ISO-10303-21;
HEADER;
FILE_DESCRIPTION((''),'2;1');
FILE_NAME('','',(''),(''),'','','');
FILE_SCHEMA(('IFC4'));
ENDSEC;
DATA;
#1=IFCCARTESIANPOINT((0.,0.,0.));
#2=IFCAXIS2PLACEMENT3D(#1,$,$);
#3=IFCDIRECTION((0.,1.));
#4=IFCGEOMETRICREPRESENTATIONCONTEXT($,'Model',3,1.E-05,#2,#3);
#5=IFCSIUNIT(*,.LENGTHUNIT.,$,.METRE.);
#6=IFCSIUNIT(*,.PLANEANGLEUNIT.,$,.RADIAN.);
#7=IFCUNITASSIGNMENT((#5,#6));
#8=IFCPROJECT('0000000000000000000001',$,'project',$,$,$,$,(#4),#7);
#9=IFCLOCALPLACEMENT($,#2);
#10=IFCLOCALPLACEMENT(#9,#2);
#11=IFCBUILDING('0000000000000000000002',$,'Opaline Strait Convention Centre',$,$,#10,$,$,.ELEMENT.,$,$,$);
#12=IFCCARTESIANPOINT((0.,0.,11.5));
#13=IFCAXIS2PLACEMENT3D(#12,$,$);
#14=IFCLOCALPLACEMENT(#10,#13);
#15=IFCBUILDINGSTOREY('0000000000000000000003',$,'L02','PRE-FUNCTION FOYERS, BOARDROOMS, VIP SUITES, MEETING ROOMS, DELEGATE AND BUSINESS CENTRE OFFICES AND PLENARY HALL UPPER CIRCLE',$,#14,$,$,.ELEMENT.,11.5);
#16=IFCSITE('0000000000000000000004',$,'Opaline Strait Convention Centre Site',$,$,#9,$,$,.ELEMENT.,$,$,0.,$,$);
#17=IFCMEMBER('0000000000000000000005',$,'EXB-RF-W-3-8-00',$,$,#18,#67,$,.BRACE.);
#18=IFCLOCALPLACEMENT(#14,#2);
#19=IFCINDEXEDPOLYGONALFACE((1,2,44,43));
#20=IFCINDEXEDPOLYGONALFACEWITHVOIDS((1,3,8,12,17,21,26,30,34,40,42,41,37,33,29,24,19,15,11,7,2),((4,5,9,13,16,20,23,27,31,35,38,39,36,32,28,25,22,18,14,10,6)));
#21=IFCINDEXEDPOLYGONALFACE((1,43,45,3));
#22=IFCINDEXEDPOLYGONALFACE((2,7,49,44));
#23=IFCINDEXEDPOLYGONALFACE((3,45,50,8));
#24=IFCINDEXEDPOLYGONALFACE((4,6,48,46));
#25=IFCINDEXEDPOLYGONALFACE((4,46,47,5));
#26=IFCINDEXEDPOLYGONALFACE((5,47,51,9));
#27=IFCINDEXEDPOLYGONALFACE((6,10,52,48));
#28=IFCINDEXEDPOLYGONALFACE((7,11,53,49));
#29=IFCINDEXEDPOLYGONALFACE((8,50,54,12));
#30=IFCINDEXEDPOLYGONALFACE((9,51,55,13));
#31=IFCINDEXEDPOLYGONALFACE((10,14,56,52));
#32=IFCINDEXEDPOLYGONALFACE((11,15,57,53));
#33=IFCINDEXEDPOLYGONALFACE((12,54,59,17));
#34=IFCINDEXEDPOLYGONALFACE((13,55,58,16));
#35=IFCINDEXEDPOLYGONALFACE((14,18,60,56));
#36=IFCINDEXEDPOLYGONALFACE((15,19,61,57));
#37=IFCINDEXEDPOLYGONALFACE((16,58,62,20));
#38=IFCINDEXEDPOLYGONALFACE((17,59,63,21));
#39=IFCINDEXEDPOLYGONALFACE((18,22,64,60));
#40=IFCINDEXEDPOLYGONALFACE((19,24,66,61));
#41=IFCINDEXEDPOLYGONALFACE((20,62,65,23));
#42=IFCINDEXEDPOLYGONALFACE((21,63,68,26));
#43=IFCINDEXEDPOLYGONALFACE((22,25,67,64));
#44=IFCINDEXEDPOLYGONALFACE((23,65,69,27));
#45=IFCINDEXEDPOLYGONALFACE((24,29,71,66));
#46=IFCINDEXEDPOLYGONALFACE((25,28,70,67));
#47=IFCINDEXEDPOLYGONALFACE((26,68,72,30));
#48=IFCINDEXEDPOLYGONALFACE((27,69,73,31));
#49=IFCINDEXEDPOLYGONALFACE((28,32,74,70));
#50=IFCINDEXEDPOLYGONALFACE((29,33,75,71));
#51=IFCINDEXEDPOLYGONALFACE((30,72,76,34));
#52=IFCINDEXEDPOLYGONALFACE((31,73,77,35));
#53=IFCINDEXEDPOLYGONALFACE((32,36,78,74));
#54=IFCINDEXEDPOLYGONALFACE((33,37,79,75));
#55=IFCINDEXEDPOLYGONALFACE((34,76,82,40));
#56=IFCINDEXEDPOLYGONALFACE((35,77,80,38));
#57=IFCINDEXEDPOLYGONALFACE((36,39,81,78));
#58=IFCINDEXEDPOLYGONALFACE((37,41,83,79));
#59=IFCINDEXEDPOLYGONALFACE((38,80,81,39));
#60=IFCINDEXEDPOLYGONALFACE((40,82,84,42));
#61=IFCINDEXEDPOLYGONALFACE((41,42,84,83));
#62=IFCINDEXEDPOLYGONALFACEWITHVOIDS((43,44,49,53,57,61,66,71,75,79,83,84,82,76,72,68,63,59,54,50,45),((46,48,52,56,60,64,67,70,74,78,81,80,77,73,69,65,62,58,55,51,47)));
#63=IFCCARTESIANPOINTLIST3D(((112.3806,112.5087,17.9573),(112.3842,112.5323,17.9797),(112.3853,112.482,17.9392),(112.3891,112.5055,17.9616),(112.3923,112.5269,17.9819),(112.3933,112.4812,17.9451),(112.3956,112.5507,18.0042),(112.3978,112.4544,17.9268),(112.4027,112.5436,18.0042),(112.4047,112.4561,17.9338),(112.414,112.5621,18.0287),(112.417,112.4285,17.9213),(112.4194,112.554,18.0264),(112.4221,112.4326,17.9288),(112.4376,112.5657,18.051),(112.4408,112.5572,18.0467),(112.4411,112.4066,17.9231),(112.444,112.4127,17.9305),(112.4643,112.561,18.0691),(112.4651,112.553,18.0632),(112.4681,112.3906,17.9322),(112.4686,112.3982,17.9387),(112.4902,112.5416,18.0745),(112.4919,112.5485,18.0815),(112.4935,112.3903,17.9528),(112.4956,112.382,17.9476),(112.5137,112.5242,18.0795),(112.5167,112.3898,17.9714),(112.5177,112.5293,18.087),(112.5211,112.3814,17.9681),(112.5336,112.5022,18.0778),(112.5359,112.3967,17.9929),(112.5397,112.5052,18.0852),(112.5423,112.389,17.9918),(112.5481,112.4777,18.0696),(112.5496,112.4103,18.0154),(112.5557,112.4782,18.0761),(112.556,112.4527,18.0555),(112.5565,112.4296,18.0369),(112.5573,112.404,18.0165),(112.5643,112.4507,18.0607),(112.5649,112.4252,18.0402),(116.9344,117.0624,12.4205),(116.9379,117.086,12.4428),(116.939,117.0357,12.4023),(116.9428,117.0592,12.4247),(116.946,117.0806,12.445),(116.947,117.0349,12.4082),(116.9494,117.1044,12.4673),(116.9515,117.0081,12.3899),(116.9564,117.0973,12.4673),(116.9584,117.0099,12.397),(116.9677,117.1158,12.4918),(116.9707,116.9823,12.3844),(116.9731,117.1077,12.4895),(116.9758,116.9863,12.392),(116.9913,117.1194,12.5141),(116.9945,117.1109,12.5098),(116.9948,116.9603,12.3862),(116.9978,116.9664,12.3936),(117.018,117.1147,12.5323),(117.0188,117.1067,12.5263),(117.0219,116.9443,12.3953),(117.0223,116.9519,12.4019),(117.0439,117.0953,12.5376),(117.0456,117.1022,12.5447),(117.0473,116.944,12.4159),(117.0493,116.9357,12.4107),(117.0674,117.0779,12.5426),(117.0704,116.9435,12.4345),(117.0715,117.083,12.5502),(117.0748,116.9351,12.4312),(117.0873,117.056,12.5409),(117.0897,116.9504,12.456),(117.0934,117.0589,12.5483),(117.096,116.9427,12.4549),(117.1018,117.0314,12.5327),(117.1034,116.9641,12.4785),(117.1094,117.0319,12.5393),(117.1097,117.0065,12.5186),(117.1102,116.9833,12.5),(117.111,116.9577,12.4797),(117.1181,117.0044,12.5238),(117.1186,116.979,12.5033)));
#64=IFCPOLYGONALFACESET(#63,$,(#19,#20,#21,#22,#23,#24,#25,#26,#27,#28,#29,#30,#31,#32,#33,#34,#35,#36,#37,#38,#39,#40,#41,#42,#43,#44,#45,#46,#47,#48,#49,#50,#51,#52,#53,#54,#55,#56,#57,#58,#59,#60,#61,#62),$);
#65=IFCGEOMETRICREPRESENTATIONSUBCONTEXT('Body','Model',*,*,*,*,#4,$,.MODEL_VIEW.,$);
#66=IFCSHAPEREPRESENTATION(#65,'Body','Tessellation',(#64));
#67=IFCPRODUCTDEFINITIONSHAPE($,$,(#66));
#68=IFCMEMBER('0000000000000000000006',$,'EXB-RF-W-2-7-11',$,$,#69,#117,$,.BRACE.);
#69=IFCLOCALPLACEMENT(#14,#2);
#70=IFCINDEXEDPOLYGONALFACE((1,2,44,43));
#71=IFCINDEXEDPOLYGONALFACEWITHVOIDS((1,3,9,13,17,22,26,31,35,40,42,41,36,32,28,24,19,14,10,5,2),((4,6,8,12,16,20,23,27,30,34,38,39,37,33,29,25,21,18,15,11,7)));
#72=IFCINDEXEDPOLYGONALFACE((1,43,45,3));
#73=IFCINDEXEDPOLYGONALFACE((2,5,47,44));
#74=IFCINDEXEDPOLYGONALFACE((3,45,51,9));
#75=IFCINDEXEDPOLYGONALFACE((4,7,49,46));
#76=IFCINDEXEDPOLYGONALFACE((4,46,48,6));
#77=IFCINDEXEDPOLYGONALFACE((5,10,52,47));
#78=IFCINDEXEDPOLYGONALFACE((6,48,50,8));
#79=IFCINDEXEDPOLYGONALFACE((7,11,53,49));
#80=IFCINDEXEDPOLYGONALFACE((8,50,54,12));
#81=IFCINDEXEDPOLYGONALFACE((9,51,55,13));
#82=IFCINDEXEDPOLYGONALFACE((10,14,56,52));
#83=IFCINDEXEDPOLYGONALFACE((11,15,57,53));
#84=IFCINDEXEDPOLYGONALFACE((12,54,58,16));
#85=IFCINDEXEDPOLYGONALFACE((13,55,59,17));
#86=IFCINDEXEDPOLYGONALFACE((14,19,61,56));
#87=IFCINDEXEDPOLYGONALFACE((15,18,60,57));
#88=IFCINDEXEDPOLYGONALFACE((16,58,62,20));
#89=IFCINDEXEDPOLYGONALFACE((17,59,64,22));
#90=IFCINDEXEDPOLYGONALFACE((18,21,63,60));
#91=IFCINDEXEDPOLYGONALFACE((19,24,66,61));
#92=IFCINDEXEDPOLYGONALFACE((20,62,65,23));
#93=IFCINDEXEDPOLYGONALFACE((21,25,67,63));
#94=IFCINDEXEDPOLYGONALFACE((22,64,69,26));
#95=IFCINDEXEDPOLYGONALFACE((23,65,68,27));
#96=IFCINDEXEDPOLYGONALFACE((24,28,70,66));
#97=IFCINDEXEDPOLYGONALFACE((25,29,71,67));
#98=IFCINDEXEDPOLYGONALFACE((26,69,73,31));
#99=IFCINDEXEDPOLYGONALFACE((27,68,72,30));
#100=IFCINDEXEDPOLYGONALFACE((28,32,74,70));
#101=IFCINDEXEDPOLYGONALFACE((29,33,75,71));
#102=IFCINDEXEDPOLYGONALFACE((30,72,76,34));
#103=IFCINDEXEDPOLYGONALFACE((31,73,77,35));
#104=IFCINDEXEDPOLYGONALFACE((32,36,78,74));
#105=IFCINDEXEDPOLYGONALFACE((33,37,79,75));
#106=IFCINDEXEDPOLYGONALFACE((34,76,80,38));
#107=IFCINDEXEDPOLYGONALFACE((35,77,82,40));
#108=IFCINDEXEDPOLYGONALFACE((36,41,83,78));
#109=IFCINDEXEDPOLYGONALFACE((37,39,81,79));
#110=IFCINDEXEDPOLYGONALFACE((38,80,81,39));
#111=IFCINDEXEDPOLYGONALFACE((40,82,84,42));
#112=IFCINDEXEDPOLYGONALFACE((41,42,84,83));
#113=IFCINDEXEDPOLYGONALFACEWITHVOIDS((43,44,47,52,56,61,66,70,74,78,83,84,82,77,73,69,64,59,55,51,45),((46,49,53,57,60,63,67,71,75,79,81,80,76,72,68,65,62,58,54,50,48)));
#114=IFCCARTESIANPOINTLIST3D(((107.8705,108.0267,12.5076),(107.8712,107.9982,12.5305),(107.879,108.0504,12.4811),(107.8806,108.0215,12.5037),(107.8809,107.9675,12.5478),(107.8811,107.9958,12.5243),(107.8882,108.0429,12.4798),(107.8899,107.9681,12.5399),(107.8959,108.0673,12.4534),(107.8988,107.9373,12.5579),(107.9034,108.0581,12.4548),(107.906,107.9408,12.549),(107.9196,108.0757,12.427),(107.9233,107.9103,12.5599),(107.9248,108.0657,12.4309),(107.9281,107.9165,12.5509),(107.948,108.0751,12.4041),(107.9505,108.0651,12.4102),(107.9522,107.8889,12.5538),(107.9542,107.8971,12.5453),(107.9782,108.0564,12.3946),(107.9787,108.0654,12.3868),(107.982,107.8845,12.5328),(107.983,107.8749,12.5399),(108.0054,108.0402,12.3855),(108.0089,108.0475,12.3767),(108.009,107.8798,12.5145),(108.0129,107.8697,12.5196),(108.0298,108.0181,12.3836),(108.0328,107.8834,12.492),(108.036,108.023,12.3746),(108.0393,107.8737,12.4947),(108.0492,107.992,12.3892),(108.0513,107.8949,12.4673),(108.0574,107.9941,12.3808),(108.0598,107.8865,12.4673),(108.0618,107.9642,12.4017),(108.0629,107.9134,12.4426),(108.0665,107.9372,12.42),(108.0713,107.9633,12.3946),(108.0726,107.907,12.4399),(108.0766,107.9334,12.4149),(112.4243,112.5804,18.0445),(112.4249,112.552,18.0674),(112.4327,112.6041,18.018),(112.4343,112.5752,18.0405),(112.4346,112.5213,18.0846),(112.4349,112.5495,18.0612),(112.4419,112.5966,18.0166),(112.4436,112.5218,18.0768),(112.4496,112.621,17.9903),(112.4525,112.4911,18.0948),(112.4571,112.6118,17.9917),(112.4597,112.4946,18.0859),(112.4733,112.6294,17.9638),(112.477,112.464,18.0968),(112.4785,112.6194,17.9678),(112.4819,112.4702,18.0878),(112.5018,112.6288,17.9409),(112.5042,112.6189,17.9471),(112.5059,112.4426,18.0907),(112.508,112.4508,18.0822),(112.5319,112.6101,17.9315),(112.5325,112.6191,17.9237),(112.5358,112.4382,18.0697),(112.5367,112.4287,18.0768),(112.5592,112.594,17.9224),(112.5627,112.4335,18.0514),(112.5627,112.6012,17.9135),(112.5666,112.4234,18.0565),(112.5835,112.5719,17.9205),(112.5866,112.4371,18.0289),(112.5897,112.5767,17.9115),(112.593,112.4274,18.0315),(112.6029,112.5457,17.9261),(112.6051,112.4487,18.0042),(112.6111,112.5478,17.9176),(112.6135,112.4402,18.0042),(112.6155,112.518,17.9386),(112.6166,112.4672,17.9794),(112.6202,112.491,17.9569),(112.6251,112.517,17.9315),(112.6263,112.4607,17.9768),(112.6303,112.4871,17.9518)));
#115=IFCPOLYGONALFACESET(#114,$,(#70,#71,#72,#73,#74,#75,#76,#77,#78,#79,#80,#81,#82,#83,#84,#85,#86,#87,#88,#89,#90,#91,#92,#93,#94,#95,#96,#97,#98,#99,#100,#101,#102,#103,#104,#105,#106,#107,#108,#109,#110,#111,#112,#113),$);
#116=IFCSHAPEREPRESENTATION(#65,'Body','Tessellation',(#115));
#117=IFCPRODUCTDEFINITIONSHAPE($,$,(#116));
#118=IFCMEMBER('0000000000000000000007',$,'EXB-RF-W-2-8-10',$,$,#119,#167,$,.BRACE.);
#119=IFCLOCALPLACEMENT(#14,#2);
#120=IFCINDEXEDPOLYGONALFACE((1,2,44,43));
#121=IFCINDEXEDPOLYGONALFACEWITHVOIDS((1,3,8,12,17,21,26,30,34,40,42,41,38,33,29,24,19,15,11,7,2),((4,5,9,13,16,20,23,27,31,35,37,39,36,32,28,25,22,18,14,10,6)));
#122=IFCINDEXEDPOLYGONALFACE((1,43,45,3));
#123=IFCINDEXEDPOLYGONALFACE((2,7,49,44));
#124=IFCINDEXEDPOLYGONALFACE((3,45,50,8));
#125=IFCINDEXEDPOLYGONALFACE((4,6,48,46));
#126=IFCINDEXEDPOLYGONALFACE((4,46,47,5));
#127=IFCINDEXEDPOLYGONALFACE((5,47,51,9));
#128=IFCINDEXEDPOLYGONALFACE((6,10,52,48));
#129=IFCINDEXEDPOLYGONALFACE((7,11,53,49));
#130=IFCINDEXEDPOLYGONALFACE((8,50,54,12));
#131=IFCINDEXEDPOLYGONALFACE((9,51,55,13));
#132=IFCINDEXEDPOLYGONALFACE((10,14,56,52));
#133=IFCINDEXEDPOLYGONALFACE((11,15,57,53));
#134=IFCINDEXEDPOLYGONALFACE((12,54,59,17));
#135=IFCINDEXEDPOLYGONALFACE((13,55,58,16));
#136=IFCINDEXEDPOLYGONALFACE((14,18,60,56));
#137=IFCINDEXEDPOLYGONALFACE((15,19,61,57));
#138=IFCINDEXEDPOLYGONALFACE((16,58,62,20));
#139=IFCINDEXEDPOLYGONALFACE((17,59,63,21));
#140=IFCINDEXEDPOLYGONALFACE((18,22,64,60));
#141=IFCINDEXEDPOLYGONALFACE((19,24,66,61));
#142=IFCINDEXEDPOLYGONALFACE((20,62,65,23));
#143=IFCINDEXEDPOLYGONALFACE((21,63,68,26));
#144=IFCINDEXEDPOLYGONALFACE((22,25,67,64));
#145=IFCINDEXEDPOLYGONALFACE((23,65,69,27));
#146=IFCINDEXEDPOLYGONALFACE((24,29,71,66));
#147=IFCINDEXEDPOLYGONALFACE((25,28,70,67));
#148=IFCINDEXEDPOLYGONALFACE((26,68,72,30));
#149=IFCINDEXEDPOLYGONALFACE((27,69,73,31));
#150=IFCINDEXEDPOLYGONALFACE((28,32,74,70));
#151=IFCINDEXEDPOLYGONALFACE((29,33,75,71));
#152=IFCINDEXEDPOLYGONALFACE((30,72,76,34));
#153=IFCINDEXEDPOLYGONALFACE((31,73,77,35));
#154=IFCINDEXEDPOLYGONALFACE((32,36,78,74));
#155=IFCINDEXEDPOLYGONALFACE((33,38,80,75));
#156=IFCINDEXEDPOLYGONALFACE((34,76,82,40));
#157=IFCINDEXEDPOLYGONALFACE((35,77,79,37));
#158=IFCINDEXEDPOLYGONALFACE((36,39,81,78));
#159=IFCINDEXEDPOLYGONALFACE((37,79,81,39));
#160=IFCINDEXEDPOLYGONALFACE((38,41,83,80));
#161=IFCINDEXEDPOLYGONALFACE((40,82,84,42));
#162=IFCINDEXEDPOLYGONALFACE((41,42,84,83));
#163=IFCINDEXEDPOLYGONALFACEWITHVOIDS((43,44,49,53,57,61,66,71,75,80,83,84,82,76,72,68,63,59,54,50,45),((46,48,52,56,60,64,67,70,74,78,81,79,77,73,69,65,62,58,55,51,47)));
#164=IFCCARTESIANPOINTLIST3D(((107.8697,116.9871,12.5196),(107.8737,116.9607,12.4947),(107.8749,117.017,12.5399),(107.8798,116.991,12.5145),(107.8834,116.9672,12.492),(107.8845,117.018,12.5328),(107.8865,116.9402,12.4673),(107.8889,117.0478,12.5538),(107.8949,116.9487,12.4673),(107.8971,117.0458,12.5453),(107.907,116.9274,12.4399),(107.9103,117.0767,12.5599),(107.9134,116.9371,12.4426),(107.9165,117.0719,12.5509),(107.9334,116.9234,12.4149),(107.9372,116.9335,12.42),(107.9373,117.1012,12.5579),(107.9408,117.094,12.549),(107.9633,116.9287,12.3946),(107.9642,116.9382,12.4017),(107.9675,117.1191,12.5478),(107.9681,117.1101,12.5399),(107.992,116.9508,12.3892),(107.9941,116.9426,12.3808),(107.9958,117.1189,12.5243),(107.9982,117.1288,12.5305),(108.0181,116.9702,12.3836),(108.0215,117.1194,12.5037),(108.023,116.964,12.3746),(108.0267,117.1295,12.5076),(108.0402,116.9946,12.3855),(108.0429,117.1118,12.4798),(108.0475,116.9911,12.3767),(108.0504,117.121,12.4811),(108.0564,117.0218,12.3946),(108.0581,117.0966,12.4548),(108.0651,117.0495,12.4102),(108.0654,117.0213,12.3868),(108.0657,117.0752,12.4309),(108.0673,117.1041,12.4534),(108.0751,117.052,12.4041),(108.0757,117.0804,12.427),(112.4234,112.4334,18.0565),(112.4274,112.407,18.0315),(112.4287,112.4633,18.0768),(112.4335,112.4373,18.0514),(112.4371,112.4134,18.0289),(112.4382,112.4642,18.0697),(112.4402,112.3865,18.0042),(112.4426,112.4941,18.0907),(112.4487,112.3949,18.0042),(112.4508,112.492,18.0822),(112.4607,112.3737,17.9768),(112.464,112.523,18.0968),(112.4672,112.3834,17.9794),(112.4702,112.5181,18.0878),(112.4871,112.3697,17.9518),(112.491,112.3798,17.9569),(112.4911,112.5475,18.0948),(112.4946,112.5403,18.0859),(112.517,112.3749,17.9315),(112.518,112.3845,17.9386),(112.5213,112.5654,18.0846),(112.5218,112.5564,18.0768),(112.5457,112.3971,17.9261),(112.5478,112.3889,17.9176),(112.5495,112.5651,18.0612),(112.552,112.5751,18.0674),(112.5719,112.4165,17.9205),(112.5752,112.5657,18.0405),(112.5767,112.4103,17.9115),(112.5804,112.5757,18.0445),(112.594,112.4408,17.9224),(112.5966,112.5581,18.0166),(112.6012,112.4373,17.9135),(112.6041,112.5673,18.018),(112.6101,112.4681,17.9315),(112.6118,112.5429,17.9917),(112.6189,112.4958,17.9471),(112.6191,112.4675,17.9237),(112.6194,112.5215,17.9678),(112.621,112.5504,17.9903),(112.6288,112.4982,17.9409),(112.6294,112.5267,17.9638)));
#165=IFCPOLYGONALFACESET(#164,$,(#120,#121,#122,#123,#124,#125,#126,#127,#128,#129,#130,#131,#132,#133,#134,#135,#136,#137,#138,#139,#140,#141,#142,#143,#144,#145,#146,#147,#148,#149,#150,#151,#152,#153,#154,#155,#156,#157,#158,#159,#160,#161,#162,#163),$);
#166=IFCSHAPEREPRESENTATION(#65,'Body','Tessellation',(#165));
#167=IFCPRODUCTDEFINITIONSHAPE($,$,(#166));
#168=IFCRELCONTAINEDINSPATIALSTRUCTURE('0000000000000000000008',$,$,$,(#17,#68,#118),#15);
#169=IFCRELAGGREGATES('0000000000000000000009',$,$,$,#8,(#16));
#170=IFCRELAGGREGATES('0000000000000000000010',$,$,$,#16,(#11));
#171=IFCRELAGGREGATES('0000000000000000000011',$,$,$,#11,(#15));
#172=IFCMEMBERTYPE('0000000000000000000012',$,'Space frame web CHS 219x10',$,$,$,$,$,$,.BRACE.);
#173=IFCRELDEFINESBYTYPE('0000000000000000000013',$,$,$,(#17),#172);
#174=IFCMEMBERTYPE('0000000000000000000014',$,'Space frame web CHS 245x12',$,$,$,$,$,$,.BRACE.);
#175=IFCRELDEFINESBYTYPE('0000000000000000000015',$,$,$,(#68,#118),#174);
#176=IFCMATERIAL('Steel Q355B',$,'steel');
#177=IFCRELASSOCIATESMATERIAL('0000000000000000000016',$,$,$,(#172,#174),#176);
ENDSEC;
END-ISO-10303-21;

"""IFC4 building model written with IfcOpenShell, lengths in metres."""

from ifc_helpers import new_model, si_unit, direction, frame, origin, origin_2d, place, context, subcontext, project, spatial, hollow_circle, extrude, material, material_profile, profile_set, type_object, element, save


model = new_model("IFC4")

# Units and contexts
model_context = context("Model", 3, precision=1e-05, world=origin(), true_north=direction((0.0, 1.0)))
body_context = subcontext(model_context, "Body", "Model", "MODEL_VIEW")
ifc_project = project(units=[si_unit("LENGTHUNIT", "METRE"), si_unit("PLANEANGLEUNIT", "RADIAN")], contexts=[model_context])

# Site, building, storey
site_placement = place(None, origin())
site = spatial("IfcSite", under=ifc_project, at=site_placement, Name="Opaline Strait Convention Centre Site", CompositionType="ELEMENT", RefElevation=0.0)
building_placement = place(site_placement, origin())
building = spatial("IfcBuilding", under=site, at=building_placement, Name="Opaline Strait Convention Centre", CompositionType="ELEMENT")
storey_placement = place(building_placement, frame((0.0, 0.0, 11.5)))
storey = spatial("IfcBuildingStorey", under=building, at=storey_placement, Name="L02", Description="PRE-FUNCTION FOYERS, BOARDROOMS, VIP SUITES, MEETING ROOMS, DELEGATE AND BUSINESS CENTRE OFFICES AND PLENARY HALL UPPER CIRCLE", CompositionType="ELEMENT", Elevation=11.5)

# Members
ifc_material = material(Name="Steel Q355B", Category="steel")
ifc_material_profile_1 = material_profile(ifc_material, hollow_circle(Radius=0.1096, WallThickness=0.01, at=origin_2d()), Name="CHS 219x10")
ifc_profile_set_1 = profile_set([ifc_material_profile_1], Name="Steel Q355B")
member_type_1 = type_object("IfcMemberType", Name="Space frame web CHS 219x10", PredefinedType="BRACE", material=ifc_profile_set_1)
for number, where, z_axis, x_axis, name in (
    (1, (112.4731, 112.4731, 18.0042), (0.536178, 0.536178, -0.65194), (-0.707107, 0.707107, 0.0), "EXB-RF-W-3-8-00"),
):
    element("IfcMember", number, at=place(storey_placement, frame(where, z_axis=z_axis, x_axis=x_axis)), inside=storey, type_object=member_type_1, Name=name, PredefinedType="BRACE", context=body_context, shape_type="SweptSolid", body=[
        extrude(hollow_circle(Radius=0.1096, WallThickness=0.01, at=origin_2d()), origin(), (0.0, 0.0, 1.0), 8.4929),
    ])
ifc_material_profile_2 = material_profile(ifc_material, hollow_circle(Radius=0.1226, WallThickness=0.012, at=origin_2d()), Name="CHS 245x12")
ifc_profile_set_2 = profile_set([ifc_material_profile_2], Name="Steel Q355B")
member_type_2 = type_object("IfcMemberType", Name="Space frame web CHS 245x12", PredefinedType="BRACE", material=ifc_profile_set_2)
for number, where, z_axis, x_axis, name in (
    (2, (112.5269, 112.5269, 18.0042), (-0.536178, -0.536178, -0.65194), (0.707107, -0.707107, 0.0), "EXB-RF-W-2-7-11"),
    (3, (112.5269, 112.4731, 18.0042), (-0.536178, 0.536178, -0.65194), (-0.707107, -0.707107, 0.0), "EXB-RF-W-2-8-10"),
):
    element("IfcMember", number, at=place(storey_placement, frame(where, z_axis=z_axis, x_axis=x_axis)), inside=storey, type_object=member_type_2, Name=name, PredefinedType="BRACE", context=body_context, shape_type="SweptSolid", body=[
        extrude(hollow_circle(Radius=0.1226, WallThickness=0.012, at=origin_2d()), origin(), (0.0, 0.0, 1.0), 8.4929),
    ])

save(model, "model.ifc")
